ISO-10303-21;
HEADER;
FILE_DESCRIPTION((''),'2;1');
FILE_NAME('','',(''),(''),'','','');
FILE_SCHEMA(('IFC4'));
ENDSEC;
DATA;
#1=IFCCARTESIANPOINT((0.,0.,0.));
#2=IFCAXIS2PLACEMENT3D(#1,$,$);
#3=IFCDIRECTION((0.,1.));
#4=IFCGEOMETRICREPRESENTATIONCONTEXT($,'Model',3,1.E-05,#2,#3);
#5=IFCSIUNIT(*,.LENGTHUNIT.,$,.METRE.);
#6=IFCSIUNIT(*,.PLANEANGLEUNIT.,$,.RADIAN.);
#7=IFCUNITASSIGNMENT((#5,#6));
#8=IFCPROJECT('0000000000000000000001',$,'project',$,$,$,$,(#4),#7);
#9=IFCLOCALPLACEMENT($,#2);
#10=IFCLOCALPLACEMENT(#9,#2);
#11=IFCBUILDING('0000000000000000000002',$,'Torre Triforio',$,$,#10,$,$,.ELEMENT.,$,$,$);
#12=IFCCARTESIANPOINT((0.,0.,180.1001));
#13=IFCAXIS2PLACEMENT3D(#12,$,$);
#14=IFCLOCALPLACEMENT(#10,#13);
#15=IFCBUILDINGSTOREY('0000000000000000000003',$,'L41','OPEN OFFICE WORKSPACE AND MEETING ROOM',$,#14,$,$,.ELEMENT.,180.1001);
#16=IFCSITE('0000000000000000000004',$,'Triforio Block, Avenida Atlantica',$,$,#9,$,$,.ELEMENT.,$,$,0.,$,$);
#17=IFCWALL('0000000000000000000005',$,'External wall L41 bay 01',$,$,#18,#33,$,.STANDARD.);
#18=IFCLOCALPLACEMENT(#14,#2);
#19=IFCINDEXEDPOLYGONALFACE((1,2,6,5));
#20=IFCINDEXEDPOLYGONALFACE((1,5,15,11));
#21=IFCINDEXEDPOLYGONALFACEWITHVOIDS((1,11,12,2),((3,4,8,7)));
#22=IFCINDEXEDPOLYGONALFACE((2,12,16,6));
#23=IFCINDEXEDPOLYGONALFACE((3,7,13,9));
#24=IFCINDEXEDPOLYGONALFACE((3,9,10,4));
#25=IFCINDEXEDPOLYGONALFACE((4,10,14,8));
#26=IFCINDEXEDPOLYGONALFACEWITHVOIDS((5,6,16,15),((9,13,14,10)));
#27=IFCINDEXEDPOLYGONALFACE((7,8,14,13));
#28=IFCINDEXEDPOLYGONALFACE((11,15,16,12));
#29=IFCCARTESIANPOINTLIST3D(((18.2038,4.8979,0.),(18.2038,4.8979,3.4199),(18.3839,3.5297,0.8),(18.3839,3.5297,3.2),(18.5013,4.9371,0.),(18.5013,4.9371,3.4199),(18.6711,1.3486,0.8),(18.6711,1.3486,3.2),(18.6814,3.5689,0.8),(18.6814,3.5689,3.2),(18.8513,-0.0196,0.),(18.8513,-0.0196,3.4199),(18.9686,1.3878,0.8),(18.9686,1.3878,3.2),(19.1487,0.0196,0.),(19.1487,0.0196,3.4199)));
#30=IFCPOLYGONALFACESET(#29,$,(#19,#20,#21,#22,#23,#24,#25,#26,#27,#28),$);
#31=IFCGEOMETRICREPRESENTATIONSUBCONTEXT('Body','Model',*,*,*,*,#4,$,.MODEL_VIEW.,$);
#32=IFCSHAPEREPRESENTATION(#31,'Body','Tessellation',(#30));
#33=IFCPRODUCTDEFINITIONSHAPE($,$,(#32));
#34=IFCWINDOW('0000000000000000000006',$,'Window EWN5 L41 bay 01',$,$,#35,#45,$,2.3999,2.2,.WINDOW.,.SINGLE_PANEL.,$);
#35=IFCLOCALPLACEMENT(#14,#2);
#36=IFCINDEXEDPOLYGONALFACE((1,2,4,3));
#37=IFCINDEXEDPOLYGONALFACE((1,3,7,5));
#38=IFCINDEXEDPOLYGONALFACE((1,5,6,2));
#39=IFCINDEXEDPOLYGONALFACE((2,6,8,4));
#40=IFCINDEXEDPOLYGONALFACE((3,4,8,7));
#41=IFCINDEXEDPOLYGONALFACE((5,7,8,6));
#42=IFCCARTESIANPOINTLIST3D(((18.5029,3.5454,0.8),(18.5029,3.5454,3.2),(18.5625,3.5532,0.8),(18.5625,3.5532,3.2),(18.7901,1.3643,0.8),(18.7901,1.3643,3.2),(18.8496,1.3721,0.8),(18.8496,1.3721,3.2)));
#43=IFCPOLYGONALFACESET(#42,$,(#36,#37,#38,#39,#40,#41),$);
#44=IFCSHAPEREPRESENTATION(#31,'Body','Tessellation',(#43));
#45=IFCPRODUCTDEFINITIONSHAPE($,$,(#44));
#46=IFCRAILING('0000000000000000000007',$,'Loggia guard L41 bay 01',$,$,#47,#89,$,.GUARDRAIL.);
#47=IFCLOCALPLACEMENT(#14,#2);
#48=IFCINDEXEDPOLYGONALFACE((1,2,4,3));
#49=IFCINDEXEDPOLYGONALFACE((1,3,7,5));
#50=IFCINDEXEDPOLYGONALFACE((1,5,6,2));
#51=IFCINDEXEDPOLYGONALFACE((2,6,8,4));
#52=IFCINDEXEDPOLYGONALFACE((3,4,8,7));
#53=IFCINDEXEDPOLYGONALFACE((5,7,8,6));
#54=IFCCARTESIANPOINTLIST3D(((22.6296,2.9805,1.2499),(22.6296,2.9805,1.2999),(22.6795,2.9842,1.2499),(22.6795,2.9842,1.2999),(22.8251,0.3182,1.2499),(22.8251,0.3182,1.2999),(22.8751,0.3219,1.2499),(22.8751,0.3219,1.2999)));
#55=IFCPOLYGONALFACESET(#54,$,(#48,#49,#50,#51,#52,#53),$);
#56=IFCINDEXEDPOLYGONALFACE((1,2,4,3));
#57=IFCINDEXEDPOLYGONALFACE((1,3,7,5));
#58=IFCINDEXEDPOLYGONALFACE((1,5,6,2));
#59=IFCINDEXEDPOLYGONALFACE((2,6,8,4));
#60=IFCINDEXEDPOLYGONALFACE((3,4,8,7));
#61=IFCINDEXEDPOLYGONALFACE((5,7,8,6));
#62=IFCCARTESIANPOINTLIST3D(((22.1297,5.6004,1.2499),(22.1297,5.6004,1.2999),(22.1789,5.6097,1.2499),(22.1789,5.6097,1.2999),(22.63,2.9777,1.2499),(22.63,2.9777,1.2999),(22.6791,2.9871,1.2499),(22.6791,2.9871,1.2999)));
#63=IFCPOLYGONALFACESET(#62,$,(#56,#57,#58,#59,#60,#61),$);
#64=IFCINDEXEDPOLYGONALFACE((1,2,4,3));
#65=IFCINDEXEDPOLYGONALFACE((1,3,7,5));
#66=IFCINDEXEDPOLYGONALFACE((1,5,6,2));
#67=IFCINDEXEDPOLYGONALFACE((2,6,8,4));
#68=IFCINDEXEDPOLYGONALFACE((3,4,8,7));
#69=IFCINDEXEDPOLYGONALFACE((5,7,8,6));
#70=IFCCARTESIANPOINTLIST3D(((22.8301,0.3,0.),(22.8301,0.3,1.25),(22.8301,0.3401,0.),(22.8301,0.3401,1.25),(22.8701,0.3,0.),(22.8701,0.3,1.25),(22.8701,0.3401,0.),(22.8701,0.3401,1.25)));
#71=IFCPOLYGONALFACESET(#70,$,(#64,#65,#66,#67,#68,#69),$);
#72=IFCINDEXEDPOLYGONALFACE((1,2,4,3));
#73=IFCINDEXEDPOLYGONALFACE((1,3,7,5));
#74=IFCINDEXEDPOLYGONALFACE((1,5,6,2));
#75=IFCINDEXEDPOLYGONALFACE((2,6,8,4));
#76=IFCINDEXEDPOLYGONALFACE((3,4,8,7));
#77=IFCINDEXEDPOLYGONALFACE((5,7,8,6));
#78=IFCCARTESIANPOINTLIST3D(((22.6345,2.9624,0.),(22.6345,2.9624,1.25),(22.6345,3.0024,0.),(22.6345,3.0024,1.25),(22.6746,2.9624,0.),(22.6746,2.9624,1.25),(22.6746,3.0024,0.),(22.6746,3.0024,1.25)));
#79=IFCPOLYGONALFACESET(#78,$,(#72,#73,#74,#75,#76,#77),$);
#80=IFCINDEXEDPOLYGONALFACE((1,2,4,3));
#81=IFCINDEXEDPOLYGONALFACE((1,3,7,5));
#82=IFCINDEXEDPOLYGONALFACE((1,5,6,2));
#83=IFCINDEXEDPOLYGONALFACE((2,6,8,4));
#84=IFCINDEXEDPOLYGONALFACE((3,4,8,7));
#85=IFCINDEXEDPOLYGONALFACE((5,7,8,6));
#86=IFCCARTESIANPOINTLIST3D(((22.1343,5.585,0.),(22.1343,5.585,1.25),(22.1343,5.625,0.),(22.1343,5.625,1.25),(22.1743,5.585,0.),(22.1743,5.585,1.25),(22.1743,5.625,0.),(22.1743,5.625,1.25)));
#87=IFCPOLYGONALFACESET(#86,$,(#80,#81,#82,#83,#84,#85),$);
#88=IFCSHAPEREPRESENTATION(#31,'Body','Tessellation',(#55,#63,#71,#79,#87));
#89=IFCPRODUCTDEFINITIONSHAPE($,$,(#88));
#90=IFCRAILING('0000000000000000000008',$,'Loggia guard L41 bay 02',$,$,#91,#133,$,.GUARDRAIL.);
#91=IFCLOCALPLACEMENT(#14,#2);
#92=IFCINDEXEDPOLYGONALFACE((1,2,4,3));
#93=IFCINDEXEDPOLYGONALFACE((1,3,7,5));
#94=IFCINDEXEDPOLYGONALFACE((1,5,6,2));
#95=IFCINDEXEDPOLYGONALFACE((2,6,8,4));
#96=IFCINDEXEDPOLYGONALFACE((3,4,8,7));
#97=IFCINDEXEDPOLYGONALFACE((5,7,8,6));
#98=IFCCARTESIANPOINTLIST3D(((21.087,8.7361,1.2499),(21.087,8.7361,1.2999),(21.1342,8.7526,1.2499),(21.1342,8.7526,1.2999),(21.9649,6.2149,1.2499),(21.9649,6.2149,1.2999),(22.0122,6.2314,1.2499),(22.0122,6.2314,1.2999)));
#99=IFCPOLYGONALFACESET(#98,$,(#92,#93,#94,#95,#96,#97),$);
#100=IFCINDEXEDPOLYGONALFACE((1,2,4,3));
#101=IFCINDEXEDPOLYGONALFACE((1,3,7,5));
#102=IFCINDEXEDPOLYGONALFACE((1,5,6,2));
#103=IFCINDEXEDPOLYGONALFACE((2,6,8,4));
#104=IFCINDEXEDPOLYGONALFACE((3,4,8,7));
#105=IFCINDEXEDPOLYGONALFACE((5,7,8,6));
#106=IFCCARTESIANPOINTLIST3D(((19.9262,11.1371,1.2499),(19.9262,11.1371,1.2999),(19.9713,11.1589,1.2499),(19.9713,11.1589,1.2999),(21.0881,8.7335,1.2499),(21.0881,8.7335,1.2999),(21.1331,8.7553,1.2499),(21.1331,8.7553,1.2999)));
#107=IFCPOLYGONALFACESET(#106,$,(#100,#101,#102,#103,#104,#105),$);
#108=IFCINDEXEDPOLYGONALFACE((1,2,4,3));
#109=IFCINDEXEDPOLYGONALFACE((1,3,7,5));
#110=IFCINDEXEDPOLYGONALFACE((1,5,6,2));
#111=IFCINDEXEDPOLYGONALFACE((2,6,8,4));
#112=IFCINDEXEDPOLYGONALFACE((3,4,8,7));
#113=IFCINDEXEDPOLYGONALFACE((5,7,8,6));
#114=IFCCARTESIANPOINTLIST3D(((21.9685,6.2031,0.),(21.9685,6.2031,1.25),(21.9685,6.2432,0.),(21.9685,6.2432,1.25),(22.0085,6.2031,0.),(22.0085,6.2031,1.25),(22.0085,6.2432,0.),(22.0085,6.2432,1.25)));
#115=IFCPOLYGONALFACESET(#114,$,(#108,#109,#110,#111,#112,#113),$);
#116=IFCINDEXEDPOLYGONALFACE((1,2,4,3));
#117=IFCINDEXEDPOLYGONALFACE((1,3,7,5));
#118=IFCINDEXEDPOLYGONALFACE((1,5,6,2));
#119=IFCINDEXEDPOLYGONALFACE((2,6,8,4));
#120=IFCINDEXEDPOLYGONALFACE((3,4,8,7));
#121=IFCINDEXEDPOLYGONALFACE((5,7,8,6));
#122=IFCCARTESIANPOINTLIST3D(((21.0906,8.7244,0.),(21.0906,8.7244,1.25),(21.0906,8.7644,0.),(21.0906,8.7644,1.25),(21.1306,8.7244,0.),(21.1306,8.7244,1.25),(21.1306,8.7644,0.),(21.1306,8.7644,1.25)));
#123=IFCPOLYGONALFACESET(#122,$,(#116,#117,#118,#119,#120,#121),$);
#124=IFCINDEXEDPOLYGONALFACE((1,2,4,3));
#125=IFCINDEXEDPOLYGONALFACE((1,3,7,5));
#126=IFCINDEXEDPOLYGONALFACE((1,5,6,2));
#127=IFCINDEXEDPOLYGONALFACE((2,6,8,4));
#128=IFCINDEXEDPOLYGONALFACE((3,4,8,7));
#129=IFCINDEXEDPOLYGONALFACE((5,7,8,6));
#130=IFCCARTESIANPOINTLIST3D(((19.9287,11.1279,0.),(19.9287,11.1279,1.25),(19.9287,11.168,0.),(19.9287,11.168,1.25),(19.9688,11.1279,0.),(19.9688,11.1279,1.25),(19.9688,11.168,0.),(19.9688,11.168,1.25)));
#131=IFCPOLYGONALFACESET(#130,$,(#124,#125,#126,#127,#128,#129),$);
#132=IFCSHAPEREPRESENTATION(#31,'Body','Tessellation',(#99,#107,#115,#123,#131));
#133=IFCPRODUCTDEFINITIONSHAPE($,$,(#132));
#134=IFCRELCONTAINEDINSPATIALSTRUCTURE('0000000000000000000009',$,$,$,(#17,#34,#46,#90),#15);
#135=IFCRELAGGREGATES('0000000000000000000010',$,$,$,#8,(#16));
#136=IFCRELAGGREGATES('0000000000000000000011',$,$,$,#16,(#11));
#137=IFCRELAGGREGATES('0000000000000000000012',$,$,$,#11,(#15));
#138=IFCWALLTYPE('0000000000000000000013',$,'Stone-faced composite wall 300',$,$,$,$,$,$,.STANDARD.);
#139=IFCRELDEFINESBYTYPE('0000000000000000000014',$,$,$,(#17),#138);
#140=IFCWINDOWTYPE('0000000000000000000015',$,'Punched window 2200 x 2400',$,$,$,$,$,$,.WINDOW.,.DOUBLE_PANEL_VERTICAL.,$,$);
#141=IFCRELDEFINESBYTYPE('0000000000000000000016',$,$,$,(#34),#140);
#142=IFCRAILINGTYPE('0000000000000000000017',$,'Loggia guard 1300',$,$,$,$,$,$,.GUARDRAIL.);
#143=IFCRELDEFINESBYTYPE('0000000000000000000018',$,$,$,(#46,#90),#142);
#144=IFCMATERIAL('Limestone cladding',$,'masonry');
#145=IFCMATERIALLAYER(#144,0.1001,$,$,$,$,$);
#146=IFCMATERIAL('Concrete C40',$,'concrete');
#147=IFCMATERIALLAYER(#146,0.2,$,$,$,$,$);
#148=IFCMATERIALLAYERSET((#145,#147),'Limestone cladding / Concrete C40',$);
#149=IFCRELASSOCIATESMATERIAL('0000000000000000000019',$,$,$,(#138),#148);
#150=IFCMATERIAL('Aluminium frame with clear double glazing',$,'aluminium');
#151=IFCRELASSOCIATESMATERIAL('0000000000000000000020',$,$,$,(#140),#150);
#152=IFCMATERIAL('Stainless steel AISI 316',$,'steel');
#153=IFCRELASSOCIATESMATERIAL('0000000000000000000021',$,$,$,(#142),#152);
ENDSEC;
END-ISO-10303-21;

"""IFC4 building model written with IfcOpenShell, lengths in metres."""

from ifc_helpers import new_model, si_unit, direction, frame, frame_2d, origin, origin_2d, place, context, subcontext, project, spatial, rectangle, extrude, material, layer, layer_set, type_object, element, fill, save


model = new_model("IFC4")

# Units and contexts
model_context = context("Model", 3, precision=1e-05, world=origin(), true_north=direction((0.0, 1.0)))
body_context = subcontext(model_context, "Body", "Model", "MODEL_VIEW")
ifc_project = project(units=[si_unit("LENGTHUNIT", "METRE"), si_unit("PLANEANGLEUNIT", "RADIAN")], contexts=[model_context])

# Site, building, storey
site_placement = place(None, origin())
site = spatial("IfcSite", under=ifc_project, at=site_placement, Name="Triforio Block, Avenida Atlantica", CompositionType="ELEMENT", RefElevation=0.0)
building_placement = place(site_placement, origin())
building = spatial("IfcBuilding", under=site, at=building_placement, Name="Torre Triforio", CompositionType="ELEMENT")
storey_placement = place(building_placement, frame((0.0, 0.0, 180.1001)))
storey = spatial("IfcBuildingStorey", under=building, at=storey_placement, Name="L41", Description="OPEN OFFICE WORKSPACE AND MEETING ROOM", CompositionType="ELEMENT", Elevation=180.1001)

# Shared definitions
ifc_material_1 = material(Name="Concrete C40", Category="concrete")

# Shared definitions
ifc_material_2 = material(Name="Limestone cladding", Category="masonry")

# Wall, opening, window
ifc_layer_1 = layer(ifc_material_2, 0.1001)
ifc_layer_2 = layer(ifc_material_1, 0.2)
ifc_layer_set_1 = layer_set([ifc_layer_1, ifc_layer_2], Name="Limestone cladding / Concrete C40")
wall_type_1 = type_object("IfcWallType", Name="Stone-faced composite wall 300", PredefinedType="STANDARD", material=ifc_layer_set_1)
wall_1_placement = place(storey_placement, frame((19.0, 0.0, 0.0), z_axis=(0.0, 0.0, 1.0), x_axis=(-0.130539, 0.991443, 0.0)))
wall_1 = element("IfcWall", 1, at=wall_1_placement, inside=storey, type_object=wall_type_1, Name="External wall L41 bay 01", PredefinedType="STANDARD", context=body_context, shape_type="SweptSolid", body=[
    extrude(rectangle(XDim=4.96, YDim=0.3, at=frame_2d((2.48, 0.0))), origin(), (0.0, 0.0, 1.0), 3.4199),
])
opening_1_placement = place(wall_1_placement, frame((1.3799, 0.0, 0.8)))
opening_1 = element("IfcOpeningElement", 2, at=opening_1_placement, cuts=wall_1, PredefinedType="OPENING", context=body_context, shape_type="SweptSolid", body=[
    extrude(rectangle(XDim=2.2, YDim=2.3999, at=frame_2d((1.1001, 1.2))), frame((0.0, 0.1599, 0.0), z_axis=(0.0, -1.0, 0.0), x_axis=(1.0, 0.0, 0.0)), (0.0, 0.0, 1.0), 0.3201),
])
ifc_material_3 = material(Name="Aluminium frame with clear double glazing", Category="aluminium")
window_type_1 = type_object("IfcWindowType", Name="Punched window 2200 x 2400", PartitioningType="DOUBLE_PANEL_VERTICAL", PredefinedType="WINDOW", material=ifc_material_3)
window_1_placement = place(opening_1_placement, origin())
window_1 = element("IfcWindow", 3, at=window_1_placement, inside=storey, type_object=window_type_1, Name="Window EWN5 L41 bay 01", OverallHeight=2.3999, OverallWidth=2.2, PartitioningType="SINGLE_PANEL", PredefinedType="WINDOW", context=body_context, shape_type="SweptSolid", body=[
    extrude(rectangle(XDim=2.2, YDim=2.3999, at=frame_2d((1.1001, 1.2))), frame((0.0, 0.03, 0.0), z_axis=(0.0, -1.0, 0.0), x_axis=(1.0, 0.0, 0.0)), (0.0, 0.0, 1.0), 0.0601),
])
fill(opening_1, window_1)

# Railings
ifc_material_4 = material(Name="Stainless steel AISI 316", Category="steel")
railing_type = type_object("IfcRailingType", Name="Loggia guard 1300", PredefinedType="GUARDRAIL", material=ifc_material_4)
railing_1_placement = place(storey_placement, frame((22.8501, 0.3201, 0.0)))
element("IfcRailing", 4, at=railing_1_placement, inside=storey, type_object=railing_type, Name="Loggia guard L41 bay 01", PredefinedType="GUARDRAIL", context=body_context, shape_type="SweptSolid", body=[
    extrude(rectangle(XDim=0.05, YDim=0.05, at=origin_2d()), frame((0.0, 0.0, 1.2749), z_axis=(-0.073255, 0.997313, 0.0), x_axis=(-0.997313, -0.073255, 0.0)), (0.0, 0.0, 1.0), 2.6694),
    extrude(rectangle(XDim=0.05, YDim=0.05, at=origin_2d()), frame((-0.1956, 2.6624, 1.2749), z_axis=(-0.187368, 0.98229, 0.0), x_axis=(-0.98229, -0.187368, 0.0)), (0.0, 0.0, 1.0), 2.6699),
    extrude(rectangle(XDim=0.04, YDim=0.04, at=origin_2d()), origin(), (0.0, 0.0, 1.0), 1.25),
    extrude(rectangle(XDim=0.04, YDim=0.04, at=origin_2d()), frame((-0.1956, 2.6624, 0.0)), (0.0, 0.0, 1.0), 1.25),
    extrude(rectangle(XDim=0.04, YDim=0.04, at=origin_2d()), frame((-0.6958, 5.2849, 0.0)), (0.0, 0.0, 1.0), 1.25),
])
railing_2_placement = place(storey_placement, frame((21.9885, 6.2231, 0.0)))
element("IfcRailing", 5, at=railing_2_placement, inside=storey, type_object=railing_type, Name="Loggia guard L41 bay 02", PredefinedType="GUARDRAIL", context=body_context, shape_type="SweptSolid", body=[
    extrude(rectangle(XDim=0.05, YDim=0.05, at=origin_2d()), frame((0.0, 0.0, 1.2749), z_axis=(-0.328847, 0.944383, 0.0), x_axis=(-0.944383, -0.328847, 0.0)), (0.0, 0.0, 1.0), 2.6697),
    extrude(rectangle(XDim=0.05, YDim=0.05, at=origin_2d()), frame((-0.8779, 2.5212, 1.2749), z_axis=(-0.435212, 0.900328, 0.0), x_axis=(-0.900328, -0.435212, 0.0)), (0.0, 0.0, 1.0), 2.6697),
    extrude(rectangle(XDim=0.04, YDim=0.04, at=origin_2d()), origin(), (0.0, 0.0, 1.0), 1.25),
    extrude(rectangle(XDim=0.04, YDim=0.04, at=origin_2d()), frame((-0.8779, 2.5212, 0.0)), (0.0, 0.0, 1.0), 1.25),
    extrude(rectangle(XDim=0.04, YDim=0.04, at=origin_2d()), frame((-2.0398, 4.9248, 0.0)), (0.0, 0.0, 1.0), 1.25),
])

save(model, "model.ifc")
